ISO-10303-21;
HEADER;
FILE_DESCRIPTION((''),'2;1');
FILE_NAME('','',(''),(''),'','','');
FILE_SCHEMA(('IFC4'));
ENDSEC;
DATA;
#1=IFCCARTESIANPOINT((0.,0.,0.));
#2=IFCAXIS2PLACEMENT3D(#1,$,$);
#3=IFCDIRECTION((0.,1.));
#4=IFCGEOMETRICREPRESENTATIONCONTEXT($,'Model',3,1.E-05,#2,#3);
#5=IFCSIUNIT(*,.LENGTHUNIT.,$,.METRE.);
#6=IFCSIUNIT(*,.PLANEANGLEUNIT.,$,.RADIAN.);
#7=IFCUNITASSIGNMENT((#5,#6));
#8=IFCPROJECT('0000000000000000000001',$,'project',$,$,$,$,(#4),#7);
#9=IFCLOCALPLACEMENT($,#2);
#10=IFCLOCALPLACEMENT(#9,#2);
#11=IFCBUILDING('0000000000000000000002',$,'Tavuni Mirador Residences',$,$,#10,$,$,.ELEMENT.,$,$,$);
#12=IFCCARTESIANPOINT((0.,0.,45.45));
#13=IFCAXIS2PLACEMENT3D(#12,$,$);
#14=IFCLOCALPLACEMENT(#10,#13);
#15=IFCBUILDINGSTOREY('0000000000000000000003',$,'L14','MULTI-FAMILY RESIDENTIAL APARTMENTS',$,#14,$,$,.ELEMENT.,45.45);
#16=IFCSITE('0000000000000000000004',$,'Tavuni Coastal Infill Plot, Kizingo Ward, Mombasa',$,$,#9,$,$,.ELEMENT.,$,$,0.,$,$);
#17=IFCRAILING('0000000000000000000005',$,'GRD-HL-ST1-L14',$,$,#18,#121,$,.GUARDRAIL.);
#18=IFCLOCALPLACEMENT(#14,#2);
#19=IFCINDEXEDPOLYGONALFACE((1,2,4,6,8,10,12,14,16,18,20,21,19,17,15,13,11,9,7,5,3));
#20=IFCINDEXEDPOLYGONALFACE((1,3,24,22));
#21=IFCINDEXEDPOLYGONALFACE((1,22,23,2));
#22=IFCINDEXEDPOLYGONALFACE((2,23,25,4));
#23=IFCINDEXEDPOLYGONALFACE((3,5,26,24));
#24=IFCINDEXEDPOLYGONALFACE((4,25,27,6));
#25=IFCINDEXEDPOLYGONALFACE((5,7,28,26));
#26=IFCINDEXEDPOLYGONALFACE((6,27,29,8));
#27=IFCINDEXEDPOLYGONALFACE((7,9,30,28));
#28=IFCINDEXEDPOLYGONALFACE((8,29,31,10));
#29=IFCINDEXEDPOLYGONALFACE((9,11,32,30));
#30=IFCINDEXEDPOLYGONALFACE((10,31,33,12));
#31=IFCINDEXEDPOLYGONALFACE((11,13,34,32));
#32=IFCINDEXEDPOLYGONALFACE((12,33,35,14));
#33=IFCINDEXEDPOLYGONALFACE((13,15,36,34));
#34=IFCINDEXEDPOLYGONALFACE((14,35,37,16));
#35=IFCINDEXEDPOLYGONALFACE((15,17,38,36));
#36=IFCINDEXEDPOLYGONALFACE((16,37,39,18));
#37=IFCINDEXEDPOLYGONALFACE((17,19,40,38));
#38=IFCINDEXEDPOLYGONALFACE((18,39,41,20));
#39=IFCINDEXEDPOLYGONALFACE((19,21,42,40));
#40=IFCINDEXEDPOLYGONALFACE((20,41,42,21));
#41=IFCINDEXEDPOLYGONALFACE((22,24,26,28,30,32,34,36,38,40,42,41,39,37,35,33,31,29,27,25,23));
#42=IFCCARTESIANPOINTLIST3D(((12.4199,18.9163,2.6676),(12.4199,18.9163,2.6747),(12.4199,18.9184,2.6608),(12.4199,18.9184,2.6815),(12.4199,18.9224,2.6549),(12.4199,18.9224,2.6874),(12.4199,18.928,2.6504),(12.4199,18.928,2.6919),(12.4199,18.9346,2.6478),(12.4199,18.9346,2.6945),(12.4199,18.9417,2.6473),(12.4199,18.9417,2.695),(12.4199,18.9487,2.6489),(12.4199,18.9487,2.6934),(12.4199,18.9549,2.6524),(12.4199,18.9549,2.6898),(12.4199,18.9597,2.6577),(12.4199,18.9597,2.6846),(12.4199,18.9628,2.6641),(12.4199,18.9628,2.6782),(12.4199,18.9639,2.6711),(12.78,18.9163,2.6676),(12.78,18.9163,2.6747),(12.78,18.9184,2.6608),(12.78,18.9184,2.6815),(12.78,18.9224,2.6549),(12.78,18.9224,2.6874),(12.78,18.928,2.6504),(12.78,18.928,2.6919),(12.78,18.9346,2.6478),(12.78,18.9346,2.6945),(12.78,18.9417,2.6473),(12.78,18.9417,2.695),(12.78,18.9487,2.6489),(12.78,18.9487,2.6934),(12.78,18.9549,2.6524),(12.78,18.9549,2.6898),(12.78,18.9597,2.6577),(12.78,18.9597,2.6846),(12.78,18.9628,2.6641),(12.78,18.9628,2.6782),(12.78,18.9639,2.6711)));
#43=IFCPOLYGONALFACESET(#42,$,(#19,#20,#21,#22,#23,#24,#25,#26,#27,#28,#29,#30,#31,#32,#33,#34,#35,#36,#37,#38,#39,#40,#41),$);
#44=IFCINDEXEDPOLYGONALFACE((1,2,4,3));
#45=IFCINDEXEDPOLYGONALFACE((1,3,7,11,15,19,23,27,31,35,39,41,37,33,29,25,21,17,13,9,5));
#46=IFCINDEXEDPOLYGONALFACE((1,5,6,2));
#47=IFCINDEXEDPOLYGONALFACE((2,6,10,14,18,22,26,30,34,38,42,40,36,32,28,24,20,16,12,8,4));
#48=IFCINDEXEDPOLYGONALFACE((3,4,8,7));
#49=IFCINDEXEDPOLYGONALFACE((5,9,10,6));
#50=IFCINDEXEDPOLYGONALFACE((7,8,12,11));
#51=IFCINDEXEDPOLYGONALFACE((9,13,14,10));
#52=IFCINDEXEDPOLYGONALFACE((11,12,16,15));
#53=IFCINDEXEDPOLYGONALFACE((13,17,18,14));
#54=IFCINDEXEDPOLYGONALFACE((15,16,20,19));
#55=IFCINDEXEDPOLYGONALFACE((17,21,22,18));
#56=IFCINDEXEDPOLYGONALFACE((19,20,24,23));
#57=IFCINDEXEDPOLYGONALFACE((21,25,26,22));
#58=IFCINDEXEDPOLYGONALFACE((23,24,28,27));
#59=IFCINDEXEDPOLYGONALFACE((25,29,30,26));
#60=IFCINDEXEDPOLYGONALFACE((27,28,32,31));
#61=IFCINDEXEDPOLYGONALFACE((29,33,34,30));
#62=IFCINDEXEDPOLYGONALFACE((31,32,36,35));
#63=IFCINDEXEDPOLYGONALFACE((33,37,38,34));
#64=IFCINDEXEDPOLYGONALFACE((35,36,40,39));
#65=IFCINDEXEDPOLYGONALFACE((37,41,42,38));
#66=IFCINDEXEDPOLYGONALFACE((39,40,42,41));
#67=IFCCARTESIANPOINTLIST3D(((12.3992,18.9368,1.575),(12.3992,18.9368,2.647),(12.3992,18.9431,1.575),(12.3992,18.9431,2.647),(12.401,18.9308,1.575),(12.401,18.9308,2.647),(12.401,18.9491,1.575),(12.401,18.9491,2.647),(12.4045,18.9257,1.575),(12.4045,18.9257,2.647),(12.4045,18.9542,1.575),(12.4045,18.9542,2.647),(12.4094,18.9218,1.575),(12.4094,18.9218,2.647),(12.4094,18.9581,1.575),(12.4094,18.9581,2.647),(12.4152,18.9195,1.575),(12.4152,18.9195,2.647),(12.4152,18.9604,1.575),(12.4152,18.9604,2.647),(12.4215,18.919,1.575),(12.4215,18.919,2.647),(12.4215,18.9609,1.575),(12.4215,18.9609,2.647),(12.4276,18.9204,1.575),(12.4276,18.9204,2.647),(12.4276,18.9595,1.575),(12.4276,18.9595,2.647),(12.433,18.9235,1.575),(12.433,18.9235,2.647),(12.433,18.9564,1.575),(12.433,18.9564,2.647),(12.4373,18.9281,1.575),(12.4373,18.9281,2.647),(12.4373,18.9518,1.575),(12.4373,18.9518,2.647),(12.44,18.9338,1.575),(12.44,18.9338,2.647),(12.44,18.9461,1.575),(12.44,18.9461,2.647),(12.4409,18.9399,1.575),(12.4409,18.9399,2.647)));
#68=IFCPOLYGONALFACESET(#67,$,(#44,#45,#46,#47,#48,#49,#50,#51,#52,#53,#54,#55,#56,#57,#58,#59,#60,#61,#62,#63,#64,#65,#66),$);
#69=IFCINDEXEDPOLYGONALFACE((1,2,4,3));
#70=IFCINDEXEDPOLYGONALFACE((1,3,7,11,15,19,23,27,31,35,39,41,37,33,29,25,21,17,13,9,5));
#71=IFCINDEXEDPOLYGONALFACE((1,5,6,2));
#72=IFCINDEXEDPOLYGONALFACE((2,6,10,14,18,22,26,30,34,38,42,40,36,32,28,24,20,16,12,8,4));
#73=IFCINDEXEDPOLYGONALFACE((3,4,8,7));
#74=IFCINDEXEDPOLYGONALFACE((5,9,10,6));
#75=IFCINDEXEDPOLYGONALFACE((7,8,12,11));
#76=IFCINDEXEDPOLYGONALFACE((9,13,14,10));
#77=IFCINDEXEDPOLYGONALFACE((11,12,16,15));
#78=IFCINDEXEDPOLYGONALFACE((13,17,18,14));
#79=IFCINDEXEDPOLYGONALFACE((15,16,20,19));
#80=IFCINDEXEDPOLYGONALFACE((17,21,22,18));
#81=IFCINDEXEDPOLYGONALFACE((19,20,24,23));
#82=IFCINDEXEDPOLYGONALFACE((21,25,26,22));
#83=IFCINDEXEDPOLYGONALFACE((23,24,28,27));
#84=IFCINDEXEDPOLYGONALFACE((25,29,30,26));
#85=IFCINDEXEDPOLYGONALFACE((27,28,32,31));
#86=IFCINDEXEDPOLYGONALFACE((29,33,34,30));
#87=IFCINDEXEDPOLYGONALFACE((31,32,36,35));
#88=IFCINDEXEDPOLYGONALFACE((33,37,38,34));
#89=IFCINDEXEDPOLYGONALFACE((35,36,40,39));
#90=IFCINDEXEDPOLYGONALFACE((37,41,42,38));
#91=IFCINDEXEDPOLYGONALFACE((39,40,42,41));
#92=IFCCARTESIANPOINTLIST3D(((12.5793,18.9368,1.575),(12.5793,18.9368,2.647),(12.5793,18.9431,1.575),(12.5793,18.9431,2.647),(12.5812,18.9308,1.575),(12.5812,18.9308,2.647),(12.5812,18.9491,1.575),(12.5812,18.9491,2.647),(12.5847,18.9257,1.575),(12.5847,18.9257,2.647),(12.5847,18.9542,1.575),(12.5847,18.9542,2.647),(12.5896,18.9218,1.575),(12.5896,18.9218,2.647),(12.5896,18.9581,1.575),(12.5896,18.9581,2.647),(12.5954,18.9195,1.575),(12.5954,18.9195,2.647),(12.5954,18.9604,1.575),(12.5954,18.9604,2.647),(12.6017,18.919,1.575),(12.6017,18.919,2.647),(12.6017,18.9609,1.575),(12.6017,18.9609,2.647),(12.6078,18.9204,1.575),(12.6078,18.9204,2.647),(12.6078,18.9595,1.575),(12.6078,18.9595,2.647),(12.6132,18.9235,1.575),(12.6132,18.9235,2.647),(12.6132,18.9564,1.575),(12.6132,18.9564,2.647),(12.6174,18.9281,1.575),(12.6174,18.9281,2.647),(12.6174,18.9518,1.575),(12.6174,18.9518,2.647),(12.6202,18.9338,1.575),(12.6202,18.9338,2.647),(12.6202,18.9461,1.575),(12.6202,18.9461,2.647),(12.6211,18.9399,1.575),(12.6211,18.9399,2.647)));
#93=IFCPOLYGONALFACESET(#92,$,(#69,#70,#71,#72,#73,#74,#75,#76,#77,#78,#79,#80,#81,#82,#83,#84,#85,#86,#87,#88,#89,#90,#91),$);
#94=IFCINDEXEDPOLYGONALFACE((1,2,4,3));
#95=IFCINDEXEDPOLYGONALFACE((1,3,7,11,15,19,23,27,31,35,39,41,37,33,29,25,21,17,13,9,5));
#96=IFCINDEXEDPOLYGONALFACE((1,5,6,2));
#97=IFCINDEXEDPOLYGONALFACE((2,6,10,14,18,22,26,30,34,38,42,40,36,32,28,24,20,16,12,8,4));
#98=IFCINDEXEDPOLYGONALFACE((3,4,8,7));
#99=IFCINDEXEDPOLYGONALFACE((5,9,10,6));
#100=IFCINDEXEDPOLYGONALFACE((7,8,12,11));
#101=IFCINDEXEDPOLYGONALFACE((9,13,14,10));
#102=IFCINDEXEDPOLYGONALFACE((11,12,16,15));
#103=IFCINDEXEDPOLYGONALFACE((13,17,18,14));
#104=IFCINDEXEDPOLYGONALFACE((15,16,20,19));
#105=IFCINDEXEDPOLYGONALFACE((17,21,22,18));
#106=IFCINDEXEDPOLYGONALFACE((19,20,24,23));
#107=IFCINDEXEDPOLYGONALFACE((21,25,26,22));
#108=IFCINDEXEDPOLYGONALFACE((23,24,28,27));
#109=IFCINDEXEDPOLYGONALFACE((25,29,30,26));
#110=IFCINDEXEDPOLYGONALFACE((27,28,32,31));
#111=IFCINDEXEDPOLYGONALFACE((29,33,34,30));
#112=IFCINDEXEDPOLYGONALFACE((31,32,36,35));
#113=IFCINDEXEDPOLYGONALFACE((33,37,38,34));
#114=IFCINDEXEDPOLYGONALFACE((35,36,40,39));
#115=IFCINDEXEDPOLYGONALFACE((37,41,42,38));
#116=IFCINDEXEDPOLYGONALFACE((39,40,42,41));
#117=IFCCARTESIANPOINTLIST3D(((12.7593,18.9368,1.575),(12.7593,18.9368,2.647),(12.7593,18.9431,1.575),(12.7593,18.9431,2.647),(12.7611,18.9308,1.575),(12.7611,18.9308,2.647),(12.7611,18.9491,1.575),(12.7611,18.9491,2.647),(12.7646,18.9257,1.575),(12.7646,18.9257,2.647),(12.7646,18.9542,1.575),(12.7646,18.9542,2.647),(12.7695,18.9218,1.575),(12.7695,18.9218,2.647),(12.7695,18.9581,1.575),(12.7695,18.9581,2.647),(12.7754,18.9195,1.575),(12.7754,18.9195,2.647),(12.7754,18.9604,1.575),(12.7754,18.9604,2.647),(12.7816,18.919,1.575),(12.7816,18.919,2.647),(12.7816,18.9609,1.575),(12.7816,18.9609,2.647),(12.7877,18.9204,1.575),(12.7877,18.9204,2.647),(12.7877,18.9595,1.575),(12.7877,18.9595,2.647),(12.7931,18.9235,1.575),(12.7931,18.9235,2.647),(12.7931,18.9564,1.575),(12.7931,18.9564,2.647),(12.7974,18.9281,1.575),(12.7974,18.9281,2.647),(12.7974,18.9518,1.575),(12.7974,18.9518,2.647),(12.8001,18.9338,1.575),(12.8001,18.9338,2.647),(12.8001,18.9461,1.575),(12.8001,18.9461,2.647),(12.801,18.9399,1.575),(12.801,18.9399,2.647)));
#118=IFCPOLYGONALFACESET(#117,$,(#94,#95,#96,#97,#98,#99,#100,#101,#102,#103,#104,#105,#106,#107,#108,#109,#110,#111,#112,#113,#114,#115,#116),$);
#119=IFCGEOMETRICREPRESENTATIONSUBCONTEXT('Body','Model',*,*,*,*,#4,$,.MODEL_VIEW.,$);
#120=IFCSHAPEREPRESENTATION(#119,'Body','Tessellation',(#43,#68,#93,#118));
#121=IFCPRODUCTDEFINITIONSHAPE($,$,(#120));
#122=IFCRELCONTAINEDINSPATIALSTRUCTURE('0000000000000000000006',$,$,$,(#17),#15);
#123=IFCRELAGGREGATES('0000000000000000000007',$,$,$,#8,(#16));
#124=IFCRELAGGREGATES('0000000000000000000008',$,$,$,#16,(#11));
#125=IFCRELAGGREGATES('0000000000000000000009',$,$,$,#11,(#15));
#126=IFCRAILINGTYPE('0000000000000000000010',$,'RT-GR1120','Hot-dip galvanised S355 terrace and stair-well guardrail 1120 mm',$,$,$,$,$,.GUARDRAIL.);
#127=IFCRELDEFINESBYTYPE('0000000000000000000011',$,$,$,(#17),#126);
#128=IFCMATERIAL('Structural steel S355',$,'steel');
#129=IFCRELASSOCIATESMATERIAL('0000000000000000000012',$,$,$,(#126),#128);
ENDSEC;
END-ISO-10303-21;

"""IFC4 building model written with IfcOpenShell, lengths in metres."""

from ifc_helpers import new_model, si_unit, direction, frame, origin, origin_2d, place, context, subcontext, project, spatial, circle, extrude, material, type_object, element, save


model = new_model("IFC4")

# Units and contexts
model_context = context("Model", 3, precision=1e-05, world=origin(), true_north=direction((0.0, 1.0)))
body_context = subcontext(model_context, "Body", "Model", "MODEL_VIEW")
ifc_project = project(units=[si_unit("LENGTHUNIT", "METRE"), si_unit("PLANEANGLEUNIT", "RADIAN")], contexts=[model_context])

# Site, building, storey
site_placement = place(None, origin())
site = spatial("IfcSite", under=ifc_project, at=site_placement, Name="Tavuni Coastal Infill Plot, Kizingo Ward, Mombasa", CompositionType="ELEMENT", RefElevation=0.0)
building_placement = place(site_placement, origin())
building = spatial("IfcBuilding", under=site, at=building_placement, Name="Tavuni Mirador Residences", CompositionType="ELEMENT")
storey_placement = place(building_placement, frame((0.0, 0.0, 45.45)))
storey = spatial("IfcBuildingStorey", under=building, at=storey_placement, Name="L14", Description="MULTI-FAMILY RESIDENTIAL APARTMENTS", CompositionType="ELEMENT", Elevation=45.45)

# Shared definitions
ifc_material_1 = material(Name="Structural steel S355", Category="steel")

# Railing
railing_type_1 = type_object("IfcRailingType", Name="RT-GR1120", Description="Hot-dip galvanised S355 terrace and stair-well guardrail 1120 mm", PredefinedType="GUARDRAIL", material=ifc_material_1)
railing_1_placement = place(storey_placement, frame((12.4199, 18.9399, 1.575)))
element("IfcRailing", 1, at=railing_1_placement, inside=storey, type_object=railing_type_1, Name="GRD-HL-ST1-L14", PredefinedType="GUARDRAIL", context=body_context, shape_type="SweptSolid", body=[
    extrude(circle(Radius=0.0239, at=origin_2d()), frame((0.0, 0.0, 1.0962), z_axis=(1.0, 0.0, 0.0), x_axis=(0.0, 1.0, 0.0)), (0.0, 0.0, 1.0), 0.3601),
    extrude(circle(Radius=0.021, at=origin_2d()), origin(), (0.0, 0.0, 1.0), 1.072),
    extrude(circle(Radius=0.021, at=origin_2d()), frame((0.1802, 0.0, 0.0)), (0.0, 0.0, 1.0), 1.072),
    extrude(circle(Radius=0.021, at=origin_2d()), frame((0.3601, 0.0, 0.0)), (0.0, 0.0, 1.0), 1.072),
])

save(model, "model.ifc")
